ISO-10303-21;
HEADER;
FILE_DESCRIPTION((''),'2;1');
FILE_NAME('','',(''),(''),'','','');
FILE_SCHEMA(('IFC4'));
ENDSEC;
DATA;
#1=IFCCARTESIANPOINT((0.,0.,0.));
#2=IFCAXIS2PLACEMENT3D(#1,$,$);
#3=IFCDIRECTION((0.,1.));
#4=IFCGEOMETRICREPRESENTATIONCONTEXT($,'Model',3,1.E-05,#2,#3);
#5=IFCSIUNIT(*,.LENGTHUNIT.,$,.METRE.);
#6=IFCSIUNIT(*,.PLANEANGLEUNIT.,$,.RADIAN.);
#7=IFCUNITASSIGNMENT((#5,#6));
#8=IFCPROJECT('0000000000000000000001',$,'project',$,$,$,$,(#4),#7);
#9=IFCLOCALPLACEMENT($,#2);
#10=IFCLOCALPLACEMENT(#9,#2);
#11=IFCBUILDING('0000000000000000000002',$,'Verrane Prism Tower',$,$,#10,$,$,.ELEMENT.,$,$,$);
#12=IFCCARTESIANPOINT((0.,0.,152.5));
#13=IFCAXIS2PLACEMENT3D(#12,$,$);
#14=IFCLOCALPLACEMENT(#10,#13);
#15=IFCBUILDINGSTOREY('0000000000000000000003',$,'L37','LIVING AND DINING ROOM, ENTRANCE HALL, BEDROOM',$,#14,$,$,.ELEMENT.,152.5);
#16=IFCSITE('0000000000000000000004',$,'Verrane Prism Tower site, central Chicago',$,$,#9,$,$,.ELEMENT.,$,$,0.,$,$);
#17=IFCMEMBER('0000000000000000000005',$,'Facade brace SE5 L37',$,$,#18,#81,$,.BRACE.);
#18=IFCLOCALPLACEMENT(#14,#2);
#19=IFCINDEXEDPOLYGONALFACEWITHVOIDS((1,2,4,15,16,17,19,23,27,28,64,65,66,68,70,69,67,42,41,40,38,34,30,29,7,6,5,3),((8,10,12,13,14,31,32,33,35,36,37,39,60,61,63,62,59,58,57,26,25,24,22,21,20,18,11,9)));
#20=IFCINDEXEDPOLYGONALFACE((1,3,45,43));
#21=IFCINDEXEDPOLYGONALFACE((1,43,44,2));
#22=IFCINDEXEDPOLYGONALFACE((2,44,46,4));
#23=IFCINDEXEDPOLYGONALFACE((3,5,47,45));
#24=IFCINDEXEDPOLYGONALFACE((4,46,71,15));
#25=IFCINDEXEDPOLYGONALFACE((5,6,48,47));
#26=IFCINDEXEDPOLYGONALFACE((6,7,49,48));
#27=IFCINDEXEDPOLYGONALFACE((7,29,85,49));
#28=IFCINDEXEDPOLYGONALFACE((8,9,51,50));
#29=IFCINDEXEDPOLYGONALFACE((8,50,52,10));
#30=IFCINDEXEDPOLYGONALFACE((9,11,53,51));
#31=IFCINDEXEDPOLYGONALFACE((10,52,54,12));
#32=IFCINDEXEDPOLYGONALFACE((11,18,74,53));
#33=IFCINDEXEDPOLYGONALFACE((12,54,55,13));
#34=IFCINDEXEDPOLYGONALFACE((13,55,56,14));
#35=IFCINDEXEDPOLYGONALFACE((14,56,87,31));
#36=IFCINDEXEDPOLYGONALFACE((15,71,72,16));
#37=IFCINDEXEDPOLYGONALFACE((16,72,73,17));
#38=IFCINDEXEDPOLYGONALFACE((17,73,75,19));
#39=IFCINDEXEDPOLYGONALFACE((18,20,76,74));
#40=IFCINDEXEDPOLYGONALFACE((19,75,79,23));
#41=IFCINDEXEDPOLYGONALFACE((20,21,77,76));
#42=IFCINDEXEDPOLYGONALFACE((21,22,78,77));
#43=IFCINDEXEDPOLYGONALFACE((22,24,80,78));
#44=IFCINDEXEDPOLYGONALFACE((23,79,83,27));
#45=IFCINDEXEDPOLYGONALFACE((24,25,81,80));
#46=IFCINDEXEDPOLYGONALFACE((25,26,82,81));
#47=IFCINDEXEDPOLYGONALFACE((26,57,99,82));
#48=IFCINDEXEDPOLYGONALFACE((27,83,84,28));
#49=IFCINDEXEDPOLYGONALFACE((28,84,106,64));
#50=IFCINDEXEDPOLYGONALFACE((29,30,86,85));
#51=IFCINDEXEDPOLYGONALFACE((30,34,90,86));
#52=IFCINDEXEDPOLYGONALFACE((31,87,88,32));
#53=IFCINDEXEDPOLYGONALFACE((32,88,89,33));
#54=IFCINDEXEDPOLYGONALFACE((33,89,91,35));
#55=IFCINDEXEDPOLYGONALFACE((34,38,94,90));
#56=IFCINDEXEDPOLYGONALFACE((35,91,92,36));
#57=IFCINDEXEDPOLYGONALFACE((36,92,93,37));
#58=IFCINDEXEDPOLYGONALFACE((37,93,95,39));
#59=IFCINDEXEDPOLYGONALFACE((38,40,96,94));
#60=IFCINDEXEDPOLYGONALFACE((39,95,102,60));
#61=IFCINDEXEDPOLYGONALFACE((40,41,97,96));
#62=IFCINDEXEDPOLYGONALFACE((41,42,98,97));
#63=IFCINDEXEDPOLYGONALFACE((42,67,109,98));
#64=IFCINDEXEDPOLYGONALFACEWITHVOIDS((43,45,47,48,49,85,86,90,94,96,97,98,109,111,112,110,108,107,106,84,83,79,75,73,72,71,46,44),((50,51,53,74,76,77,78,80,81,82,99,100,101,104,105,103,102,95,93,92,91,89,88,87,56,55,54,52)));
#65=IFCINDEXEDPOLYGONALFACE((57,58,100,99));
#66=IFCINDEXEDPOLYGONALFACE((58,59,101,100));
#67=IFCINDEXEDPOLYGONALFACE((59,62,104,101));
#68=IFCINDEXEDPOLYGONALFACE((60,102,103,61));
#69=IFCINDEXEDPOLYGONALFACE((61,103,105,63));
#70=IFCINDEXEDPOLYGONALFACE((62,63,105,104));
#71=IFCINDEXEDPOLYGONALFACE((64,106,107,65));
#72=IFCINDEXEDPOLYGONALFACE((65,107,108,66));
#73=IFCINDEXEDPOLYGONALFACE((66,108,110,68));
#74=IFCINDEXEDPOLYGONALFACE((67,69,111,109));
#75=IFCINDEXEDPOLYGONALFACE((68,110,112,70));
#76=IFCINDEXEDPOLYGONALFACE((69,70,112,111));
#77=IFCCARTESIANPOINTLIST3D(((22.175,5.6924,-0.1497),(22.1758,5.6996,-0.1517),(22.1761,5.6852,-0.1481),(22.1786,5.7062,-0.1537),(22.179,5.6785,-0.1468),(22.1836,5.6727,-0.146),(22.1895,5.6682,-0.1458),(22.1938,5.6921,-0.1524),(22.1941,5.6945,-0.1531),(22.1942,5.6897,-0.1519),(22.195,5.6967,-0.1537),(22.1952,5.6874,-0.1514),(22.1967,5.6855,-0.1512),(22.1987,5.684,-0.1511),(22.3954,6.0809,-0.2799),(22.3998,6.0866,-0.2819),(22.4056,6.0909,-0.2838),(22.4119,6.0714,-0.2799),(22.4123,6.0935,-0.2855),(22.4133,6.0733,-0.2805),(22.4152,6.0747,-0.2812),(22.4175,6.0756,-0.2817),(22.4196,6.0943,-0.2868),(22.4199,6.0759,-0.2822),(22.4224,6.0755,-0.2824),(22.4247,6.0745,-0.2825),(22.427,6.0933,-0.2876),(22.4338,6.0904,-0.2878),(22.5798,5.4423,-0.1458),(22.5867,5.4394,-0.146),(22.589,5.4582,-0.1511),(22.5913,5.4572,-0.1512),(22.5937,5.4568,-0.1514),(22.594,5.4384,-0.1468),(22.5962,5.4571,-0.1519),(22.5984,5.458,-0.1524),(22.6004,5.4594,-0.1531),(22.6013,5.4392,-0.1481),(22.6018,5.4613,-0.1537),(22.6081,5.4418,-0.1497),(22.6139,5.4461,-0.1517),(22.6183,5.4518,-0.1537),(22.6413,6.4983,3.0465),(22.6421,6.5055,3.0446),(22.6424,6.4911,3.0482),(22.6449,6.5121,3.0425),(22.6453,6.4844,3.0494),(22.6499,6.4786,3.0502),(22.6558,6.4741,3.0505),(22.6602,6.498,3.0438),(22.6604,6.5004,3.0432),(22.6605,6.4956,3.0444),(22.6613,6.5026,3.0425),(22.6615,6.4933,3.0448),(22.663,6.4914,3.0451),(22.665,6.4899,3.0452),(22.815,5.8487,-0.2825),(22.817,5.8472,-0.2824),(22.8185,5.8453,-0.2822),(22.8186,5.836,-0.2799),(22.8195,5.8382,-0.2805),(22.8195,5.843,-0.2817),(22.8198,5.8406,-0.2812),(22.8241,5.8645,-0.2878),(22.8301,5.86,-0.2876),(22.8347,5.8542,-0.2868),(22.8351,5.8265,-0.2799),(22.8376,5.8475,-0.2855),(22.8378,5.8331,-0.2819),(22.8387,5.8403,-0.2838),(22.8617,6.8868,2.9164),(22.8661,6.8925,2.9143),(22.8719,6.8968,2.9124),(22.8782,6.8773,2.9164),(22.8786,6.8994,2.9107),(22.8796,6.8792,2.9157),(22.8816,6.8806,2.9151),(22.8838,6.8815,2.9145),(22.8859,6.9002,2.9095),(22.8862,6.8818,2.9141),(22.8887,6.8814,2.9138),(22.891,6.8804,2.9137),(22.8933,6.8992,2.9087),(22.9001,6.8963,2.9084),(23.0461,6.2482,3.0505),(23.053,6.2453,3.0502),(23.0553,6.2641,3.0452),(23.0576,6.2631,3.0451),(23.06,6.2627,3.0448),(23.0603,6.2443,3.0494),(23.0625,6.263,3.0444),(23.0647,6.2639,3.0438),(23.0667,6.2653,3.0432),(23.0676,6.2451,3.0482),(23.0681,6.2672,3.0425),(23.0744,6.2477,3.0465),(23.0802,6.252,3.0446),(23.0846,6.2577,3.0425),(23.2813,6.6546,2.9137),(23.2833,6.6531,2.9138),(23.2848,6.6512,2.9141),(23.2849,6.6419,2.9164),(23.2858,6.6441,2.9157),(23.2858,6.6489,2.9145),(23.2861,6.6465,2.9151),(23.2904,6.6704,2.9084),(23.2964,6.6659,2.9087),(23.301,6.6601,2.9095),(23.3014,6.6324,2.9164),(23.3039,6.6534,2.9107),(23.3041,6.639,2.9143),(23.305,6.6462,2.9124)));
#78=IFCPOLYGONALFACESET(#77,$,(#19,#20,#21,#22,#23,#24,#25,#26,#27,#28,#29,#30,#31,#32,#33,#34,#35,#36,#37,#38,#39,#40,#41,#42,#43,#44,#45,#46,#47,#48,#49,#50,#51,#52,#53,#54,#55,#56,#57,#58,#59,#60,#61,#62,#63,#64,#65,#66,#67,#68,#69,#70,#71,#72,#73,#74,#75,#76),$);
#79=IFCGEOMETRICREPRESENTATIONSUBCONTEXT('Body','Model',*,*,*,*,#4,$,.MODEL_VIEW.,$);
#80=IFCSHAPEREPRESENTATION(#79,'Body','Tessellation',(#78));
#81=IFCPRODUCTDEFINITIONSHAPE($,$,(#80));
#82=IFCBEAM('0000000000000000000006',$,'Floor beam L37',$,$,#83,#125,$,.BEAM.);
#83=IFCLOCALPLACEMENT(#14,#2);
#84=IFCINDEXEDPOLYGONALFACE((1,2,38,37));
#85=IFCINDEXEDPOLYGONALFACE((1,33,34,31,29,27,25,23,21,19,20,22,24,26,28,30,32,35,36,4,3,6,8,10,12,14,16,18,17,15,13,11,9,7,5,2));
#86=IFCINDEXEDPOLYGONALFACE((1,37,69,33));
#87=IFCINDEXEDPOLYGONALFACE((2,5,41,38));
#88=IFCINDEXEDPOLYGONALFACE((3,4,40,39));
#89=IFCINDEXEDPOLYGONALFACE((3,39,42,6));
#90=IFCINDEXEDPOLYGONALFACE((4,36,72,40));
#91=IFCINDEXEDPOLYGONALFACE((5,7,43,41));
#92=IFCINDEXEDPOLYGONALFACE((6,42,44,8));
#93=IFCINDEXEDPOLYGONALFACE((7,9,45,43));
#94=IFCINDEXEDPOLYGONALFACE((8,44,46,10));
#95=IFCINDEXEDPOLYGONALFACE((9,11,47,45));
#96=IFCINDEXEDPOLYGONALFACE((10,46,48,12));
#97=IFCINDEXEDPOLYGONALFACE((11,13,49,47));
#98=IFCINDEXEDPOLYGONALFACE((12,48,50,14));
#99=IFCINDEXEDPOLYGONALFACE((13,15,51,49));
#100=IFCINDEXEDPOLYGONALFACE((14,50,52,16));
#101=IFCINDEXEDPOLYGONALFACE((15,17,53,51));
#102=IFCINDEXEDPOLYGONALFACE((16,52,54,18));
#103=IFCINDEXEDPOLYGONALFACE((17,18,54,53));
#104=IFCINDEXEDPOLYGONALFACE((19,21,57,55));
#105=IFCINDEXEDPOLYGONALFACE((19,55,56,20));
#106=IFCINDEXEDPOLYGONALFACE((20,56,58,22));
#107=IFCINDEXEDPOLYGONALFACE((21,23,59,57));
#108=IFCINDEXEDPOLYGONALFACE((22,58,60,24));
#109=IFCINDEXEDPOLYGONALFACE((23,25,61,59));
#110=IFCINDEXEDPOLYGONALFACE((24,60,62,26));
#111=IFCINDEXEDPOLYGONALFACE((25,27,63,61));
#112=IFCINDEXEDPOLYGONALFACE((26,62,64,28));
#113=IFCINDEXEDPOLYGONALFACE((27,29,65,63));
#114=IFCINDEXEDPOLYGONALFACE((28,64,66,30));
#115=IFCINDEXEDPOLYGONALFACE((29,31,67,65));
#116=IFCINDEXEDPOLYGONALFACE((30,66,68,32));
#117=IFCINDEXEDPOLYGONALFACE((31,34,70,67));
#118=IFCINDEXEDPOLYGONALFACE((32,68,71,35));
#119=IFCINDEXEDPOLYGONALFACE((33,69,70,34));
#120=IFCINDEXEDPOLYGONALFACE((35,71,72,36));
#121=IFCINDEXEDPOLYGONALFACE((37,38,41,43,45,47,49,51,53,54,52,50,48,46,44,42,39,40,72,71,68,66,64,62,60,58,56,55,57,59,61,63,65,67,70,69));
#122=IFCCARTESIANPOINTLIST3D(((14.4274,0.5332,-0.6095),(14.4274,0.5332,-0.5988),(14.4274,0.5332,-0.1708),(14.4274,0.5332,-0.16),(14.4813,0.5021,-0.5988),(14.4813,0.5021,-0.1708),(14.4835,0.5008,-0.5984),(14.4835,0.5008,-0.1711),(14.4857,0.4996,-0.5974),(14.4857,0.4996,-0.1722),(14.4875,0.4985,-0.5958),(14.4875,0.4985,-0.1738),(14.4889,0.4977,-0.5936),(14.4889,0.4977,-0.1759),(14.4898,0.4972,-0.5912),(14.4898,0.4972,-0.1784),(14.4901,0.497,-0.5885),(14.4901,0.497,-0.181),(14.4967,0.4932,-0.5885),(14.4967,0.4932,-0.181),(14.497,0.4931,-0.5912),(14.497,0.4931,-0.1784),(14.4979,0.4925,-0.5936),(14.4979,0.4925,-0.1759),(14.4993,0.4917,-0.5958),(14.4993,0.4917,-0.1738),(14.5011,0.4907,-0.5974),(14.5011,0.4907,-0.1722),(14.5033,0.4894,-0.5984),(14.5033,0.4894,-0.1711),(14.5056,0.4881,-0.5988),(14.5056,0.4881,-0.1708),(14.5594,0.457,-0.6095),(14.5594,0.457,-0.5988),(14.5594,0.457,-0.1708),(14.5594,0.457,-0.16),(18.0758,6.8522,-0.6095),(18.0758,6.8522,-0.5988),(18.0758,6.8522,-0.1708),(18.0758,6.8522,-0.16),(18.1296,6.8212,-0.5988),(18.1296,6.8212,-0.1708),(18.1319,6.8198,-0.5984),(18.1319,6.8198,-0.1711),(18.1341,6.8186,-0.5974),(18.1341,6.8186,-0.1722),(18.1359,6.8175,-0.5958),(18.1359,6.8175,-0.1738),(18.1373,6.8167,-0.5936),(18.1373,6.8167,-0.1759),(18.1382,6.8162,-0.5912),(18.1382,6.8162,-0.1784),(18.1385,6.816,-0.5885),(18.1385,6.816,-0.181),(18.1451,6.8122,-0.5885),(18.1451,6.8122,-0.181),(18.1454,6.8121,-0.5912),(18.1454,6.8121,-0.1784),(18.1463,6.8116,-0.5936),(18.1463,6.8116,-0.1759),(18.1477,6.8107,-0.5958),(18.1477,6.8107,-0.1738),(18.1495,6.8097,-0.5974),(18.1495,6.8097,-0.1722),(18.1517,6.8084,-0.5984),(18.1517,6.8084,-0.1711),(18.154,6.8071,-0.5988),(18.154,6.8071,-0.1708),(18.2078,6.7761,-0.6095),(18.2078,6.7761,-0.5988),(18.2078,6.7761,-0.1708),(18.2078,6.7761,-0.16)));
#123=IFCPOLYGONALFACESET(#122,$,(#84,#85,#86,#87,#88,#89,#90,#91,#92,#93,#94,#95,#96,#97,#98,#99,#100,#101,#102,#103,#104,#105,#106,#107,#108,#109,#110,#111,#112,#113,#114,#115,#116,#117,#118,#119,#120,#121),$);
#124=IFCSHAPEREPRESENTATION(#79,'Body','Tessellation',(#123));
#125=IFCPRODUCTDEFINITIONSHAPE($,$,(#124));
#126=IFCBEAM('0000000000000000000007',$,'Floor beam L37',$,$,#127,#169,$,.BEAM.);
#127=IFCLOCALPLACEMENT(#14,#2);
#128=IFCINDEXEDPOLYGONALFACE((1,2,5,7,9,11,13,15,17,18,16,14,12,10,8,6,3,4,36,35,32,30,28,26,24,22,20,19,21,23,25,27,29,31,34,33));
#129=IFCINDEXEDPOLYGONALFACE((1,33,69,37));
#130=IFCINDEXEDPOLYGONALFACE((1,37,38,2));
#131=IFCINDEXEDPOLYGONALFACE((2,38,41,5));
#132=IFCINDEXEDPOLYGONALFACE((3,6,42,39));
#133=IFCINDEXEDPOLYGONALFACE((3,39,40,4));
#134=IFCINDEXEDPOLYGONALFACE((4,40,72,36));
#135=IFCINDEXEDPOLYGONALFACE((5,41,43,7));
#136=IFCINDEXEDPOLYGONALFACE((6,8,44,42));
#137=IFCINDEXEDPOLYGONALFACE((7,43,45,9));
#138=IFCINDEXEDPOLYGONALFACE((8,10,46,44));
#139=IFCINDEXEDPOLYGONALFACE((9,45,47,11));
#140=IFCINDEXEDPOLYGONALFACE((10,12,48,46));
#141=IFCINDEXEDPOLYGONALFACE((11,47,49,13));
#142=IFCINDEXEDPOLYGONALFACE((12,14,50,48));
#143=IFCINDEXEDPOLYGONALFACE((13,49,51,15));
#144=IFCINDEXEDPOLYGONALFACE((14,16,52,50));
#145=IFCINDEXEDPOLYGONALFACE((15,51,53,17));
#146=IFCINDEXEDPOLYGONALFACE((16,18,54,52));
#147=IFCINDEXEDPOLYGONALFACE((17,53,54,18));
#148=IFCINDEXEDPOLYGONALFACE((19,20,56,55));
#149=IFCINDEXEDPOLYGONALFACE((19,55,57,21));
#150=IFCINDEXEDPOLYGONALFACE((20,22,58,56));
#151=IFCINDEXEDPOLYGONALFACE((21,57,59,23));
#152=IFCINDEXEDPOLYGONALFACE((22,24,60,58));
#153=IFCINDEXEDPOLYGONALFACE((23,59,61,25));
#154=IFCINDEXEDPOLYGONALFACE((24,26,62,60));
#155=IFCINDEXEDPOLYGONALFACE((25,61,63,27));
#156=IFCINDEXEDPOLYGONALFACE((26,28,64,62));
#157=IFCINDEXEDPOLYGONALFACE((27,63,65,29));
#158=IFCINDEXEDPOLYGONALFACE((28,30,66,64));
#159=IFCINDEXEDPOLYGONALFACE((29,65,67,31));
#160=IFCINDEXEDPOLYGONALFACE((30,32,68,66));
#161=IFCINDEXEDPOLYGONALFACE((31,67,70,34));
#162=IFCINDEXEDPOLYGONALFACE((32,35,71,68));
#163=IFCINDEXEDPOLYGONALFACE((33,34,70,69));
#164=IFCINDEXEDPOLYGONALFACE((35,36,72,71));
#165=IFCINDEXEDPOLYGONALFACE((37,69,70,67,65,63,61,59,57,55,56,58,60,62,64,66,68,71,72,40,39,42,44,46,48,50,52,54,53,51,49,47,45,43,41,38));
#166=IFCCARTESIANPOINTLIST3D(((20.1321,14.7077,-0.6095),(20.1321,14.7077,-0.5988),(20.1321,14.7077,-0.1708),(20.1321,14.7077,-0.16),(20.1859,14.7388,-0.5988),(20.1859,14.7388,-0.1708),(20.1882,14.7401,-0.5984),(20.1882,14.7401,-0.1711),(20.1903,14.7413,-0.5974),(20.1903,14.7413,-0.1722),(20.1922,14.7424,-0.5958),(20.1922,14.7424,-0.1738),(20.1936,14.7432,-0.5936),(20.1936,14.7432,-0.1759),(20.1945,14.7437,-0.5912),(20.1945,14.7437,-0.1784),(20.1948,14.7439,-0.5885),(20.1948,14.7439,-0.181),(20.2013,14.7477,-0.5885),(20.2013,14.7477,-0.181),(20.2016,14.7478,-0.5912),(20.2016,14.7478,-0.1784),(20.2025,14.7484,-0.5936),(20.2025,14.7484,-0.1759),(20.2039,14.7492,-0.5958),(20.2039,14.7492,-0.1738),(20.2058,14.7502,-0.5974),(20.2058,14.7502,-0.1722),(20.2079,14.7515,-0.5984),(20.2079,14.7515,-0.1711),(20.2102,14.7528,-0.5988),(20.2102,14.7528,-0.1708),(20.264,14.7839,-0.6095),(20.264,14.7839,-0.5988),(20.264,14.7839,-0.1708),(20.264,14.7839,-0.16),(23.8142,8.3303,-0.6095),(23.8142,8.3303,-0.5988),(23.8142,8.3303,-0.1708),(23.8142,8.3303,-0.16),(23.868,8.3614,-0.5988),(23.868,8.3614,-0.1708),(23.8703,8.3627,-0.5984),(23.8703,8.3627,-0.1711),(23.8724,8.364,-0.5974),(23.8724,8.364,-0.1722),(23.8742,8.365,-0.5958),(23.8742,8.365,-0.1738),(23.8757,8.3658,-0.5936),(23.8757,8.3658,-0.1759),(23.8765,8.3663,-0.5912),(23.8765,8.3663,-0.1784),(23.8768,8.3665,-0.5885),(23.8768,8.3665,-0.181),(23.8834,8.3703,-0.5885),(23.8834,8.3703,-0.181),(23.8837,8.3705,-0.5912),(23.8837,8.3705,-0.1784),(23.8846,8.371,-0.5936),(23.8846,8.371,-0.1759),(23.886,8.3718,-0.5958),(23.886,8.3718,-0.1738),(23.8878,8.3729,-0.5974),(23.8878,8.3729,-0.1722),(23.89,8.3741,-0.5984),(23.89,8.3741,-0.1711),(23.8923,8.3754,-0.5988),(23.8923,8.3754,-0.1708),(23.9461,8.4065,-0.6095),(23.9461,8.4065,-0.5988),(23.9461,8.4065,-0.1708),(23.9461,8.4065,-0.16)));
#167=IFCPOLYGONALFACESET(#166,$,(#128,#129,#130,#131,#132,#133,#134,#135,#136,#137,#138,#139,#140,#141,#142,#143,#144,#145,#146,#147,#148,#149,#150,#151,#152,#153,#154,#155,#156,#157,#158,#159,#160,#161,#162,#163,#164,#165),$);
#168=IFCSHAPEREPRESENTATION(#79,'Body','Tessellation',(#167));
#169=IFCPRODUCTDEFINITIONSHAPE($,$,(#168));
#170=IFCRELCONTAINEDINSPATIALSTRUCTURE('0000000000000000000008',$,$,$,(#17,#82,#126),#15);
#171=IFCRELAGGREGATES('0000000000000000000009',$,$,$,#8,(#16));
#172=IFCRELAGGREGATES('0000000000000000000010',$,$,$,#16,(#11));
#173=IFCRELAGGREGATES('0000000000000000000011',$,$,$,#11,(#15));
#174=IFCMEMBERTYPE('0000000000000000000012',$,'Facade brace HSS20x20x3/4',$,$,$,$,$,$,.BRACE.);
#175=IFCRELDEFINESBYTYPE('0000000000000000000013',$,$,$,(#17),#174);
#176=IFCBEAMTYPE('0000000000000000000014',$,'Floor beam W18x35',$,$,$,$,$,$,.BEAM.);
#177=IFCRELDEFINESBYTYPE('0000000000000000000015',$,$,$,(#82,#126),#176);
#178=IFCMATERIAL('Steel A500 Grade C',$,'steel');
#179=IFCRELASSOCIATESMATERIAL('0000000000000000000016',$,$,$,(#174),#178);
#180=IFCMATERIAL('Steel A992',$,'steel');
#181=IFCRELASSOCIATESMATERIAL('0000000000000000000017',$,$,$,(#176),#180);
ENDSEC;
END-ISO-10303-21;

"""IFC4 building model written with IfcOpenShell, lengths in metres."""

from ifc_helpers import new_model, si_unit, direction, frame, origin, origin_2d, place, context, subcontext, project, spatial, hollow_rectangle, i_section, extrude, material, material_profile, profile_set, type_object, element, save


model = new_model("IFC4")

# Units and contexts
model_context = context("Model", 3, precision=1e-05, world=origin(), true_north=direction((0.0, 1.0)))
body_context = subcontext(model_context, "Body", "Model", "MODEL_VIEW")
ifc_project = project(units=[si_unit("LENGTHUNIT", "METRE"), si_unit("PLANEANGLEUNIT", "RADIAN")], contexts=[model_context])

# Site, building, storey
site_placement = place(None, origin())
site = spatial("IfcSite", under=ifc_project, at=site_placement, Name="Verrane Prism Tower site, central Chicago", CompositionType="ELEMENT", RefElevation=0.0)
building_placement = place(site_placement, origin())
building = spatial("IfcBuilding", under=site, at=building_placement, Name="Verrane Prism Tower", CompositionType="ELEMENT")
storey_placement = place(building_placement, frame((0.0, 0.0, 152.5)))
storey = spatial("IfcBuildingStorey", under=building, at=storey_placement, Name="L37", Description="LIVING AND DINING ROOM, ENTRANCE HALL, BEDROOM", CompositionType="ELEMENT", Elevation=152.5)

# Member
ifc_material_1 = material(Name="Steel A500 Grade C", Category="steel")
ifc_material_profile_1 = material_profile(ifc_material_1, hollow_rectangle(XDim=0.5081, YDim=0.5081, WallThickness=0.019, InnerFilletRadius=0.0095, OuterFilletRadius=0.0286, at=origin_2d()), Name="HSS20x20x3/4")
ifc_profile_set_1 = profile_set([ifc_material_profile_1], Name="Steel A500 Grade C")
member_type_1 = type_object("IfcMemberType", Name="Facade brace HSS20x20x3/4", PredefinedType="BRACE", material=ifc_profile_set_1)
member_1_placement = place(storey_placement, frame((22.5068, 5.7664, -0.2168), z_axis=(0.140069, 0.242077, 0.960094), x_axis=(-0.865552, 0.500819, 0.0)))
element("IfcMember", 1, at=member_1_placement, inside=storey, type_object=member_type_1, Name="Facade brace SE5 L37", PredefinedType="BRACE", context=body_context, shape_type="SweptSolid", body=[
    extrude(hollow_rectangle(XDim=0.5081, YDim=0.5081, WallThickness=0.019, InnerFilletRadius=0.0095, OuterFilletRadius=0.0286, at=origin_2d()), origin(), (0.0, 0.0, 1.0), 3.3291),
])

# Beams
ifc_material_2 = material(Name="Steel A992", Category="steel")
ifc_material_profile_2 = material_profile(ifc_material_2, i_section(OverallWidth=0.1523, OverallDepth=0.4495, WebThickness=0.0076, FlangeThickness=0.0107, FilletRadius=0.0103, at=origin_2d()), Name="W18x35")
ifc_profile_set_2 = profile_set([ifc_material_profile_2], Name="Steel A992")
beam_type_1 = type_object("IfcBeamType", Name="Floor beam W18x35", PredefinedType="BEAM", material=ifc_profile_set_2)
beam_1_placement = place(storey_placement, frame((14.4934, 0.4951, -0.3848), z_axis=(0.500011, 0.866019, 0.0), x_axis=(-0.866019, 0.500011, 0.0)))
element("IfcBeam", 2, at=beam_1_placement, inside=storey, type_object=beam_type_1, Name="Floor beam L37", PredefinedType="BEAM", context=body_context, shape_type="SweptSolid", body=[
    extrude(i_section(OverallWidth=0.1523, OverallDepth=0.4495, WebThickness=0.0076, FlangeThickness=0.0107, FilletRadius=0.0103, at=origin_2d()), origin(), (0.0, 0.0, 1.0), 7.2966),
])
beam_2_placement = place(storey_placement, frame((23.8801, 8.3684, -0.3848), z_axis=(-0.500011, 0.866019, 0.0), x_axis=(-0.866019, -0.500011, 0.0)))
element("IfcBeam", 3, at=beam_2_placement, inside=storey, type_object=beam_type_1, Name="Floor beam L37", PredefinedType="BEAM", context=body_context, shape_type="SweptSolid", body=[
    extrude(i_section(OverallWidth=0.1523, OverallDepth=0.4495, WebThickness=0.0076, FlangeThickness=0.0107, FilletRadius=0.0103, at=origin_2d()), origin(), (0.0, 0.0, 1.0), 7.364),
])

save(model, "model.ifc")
